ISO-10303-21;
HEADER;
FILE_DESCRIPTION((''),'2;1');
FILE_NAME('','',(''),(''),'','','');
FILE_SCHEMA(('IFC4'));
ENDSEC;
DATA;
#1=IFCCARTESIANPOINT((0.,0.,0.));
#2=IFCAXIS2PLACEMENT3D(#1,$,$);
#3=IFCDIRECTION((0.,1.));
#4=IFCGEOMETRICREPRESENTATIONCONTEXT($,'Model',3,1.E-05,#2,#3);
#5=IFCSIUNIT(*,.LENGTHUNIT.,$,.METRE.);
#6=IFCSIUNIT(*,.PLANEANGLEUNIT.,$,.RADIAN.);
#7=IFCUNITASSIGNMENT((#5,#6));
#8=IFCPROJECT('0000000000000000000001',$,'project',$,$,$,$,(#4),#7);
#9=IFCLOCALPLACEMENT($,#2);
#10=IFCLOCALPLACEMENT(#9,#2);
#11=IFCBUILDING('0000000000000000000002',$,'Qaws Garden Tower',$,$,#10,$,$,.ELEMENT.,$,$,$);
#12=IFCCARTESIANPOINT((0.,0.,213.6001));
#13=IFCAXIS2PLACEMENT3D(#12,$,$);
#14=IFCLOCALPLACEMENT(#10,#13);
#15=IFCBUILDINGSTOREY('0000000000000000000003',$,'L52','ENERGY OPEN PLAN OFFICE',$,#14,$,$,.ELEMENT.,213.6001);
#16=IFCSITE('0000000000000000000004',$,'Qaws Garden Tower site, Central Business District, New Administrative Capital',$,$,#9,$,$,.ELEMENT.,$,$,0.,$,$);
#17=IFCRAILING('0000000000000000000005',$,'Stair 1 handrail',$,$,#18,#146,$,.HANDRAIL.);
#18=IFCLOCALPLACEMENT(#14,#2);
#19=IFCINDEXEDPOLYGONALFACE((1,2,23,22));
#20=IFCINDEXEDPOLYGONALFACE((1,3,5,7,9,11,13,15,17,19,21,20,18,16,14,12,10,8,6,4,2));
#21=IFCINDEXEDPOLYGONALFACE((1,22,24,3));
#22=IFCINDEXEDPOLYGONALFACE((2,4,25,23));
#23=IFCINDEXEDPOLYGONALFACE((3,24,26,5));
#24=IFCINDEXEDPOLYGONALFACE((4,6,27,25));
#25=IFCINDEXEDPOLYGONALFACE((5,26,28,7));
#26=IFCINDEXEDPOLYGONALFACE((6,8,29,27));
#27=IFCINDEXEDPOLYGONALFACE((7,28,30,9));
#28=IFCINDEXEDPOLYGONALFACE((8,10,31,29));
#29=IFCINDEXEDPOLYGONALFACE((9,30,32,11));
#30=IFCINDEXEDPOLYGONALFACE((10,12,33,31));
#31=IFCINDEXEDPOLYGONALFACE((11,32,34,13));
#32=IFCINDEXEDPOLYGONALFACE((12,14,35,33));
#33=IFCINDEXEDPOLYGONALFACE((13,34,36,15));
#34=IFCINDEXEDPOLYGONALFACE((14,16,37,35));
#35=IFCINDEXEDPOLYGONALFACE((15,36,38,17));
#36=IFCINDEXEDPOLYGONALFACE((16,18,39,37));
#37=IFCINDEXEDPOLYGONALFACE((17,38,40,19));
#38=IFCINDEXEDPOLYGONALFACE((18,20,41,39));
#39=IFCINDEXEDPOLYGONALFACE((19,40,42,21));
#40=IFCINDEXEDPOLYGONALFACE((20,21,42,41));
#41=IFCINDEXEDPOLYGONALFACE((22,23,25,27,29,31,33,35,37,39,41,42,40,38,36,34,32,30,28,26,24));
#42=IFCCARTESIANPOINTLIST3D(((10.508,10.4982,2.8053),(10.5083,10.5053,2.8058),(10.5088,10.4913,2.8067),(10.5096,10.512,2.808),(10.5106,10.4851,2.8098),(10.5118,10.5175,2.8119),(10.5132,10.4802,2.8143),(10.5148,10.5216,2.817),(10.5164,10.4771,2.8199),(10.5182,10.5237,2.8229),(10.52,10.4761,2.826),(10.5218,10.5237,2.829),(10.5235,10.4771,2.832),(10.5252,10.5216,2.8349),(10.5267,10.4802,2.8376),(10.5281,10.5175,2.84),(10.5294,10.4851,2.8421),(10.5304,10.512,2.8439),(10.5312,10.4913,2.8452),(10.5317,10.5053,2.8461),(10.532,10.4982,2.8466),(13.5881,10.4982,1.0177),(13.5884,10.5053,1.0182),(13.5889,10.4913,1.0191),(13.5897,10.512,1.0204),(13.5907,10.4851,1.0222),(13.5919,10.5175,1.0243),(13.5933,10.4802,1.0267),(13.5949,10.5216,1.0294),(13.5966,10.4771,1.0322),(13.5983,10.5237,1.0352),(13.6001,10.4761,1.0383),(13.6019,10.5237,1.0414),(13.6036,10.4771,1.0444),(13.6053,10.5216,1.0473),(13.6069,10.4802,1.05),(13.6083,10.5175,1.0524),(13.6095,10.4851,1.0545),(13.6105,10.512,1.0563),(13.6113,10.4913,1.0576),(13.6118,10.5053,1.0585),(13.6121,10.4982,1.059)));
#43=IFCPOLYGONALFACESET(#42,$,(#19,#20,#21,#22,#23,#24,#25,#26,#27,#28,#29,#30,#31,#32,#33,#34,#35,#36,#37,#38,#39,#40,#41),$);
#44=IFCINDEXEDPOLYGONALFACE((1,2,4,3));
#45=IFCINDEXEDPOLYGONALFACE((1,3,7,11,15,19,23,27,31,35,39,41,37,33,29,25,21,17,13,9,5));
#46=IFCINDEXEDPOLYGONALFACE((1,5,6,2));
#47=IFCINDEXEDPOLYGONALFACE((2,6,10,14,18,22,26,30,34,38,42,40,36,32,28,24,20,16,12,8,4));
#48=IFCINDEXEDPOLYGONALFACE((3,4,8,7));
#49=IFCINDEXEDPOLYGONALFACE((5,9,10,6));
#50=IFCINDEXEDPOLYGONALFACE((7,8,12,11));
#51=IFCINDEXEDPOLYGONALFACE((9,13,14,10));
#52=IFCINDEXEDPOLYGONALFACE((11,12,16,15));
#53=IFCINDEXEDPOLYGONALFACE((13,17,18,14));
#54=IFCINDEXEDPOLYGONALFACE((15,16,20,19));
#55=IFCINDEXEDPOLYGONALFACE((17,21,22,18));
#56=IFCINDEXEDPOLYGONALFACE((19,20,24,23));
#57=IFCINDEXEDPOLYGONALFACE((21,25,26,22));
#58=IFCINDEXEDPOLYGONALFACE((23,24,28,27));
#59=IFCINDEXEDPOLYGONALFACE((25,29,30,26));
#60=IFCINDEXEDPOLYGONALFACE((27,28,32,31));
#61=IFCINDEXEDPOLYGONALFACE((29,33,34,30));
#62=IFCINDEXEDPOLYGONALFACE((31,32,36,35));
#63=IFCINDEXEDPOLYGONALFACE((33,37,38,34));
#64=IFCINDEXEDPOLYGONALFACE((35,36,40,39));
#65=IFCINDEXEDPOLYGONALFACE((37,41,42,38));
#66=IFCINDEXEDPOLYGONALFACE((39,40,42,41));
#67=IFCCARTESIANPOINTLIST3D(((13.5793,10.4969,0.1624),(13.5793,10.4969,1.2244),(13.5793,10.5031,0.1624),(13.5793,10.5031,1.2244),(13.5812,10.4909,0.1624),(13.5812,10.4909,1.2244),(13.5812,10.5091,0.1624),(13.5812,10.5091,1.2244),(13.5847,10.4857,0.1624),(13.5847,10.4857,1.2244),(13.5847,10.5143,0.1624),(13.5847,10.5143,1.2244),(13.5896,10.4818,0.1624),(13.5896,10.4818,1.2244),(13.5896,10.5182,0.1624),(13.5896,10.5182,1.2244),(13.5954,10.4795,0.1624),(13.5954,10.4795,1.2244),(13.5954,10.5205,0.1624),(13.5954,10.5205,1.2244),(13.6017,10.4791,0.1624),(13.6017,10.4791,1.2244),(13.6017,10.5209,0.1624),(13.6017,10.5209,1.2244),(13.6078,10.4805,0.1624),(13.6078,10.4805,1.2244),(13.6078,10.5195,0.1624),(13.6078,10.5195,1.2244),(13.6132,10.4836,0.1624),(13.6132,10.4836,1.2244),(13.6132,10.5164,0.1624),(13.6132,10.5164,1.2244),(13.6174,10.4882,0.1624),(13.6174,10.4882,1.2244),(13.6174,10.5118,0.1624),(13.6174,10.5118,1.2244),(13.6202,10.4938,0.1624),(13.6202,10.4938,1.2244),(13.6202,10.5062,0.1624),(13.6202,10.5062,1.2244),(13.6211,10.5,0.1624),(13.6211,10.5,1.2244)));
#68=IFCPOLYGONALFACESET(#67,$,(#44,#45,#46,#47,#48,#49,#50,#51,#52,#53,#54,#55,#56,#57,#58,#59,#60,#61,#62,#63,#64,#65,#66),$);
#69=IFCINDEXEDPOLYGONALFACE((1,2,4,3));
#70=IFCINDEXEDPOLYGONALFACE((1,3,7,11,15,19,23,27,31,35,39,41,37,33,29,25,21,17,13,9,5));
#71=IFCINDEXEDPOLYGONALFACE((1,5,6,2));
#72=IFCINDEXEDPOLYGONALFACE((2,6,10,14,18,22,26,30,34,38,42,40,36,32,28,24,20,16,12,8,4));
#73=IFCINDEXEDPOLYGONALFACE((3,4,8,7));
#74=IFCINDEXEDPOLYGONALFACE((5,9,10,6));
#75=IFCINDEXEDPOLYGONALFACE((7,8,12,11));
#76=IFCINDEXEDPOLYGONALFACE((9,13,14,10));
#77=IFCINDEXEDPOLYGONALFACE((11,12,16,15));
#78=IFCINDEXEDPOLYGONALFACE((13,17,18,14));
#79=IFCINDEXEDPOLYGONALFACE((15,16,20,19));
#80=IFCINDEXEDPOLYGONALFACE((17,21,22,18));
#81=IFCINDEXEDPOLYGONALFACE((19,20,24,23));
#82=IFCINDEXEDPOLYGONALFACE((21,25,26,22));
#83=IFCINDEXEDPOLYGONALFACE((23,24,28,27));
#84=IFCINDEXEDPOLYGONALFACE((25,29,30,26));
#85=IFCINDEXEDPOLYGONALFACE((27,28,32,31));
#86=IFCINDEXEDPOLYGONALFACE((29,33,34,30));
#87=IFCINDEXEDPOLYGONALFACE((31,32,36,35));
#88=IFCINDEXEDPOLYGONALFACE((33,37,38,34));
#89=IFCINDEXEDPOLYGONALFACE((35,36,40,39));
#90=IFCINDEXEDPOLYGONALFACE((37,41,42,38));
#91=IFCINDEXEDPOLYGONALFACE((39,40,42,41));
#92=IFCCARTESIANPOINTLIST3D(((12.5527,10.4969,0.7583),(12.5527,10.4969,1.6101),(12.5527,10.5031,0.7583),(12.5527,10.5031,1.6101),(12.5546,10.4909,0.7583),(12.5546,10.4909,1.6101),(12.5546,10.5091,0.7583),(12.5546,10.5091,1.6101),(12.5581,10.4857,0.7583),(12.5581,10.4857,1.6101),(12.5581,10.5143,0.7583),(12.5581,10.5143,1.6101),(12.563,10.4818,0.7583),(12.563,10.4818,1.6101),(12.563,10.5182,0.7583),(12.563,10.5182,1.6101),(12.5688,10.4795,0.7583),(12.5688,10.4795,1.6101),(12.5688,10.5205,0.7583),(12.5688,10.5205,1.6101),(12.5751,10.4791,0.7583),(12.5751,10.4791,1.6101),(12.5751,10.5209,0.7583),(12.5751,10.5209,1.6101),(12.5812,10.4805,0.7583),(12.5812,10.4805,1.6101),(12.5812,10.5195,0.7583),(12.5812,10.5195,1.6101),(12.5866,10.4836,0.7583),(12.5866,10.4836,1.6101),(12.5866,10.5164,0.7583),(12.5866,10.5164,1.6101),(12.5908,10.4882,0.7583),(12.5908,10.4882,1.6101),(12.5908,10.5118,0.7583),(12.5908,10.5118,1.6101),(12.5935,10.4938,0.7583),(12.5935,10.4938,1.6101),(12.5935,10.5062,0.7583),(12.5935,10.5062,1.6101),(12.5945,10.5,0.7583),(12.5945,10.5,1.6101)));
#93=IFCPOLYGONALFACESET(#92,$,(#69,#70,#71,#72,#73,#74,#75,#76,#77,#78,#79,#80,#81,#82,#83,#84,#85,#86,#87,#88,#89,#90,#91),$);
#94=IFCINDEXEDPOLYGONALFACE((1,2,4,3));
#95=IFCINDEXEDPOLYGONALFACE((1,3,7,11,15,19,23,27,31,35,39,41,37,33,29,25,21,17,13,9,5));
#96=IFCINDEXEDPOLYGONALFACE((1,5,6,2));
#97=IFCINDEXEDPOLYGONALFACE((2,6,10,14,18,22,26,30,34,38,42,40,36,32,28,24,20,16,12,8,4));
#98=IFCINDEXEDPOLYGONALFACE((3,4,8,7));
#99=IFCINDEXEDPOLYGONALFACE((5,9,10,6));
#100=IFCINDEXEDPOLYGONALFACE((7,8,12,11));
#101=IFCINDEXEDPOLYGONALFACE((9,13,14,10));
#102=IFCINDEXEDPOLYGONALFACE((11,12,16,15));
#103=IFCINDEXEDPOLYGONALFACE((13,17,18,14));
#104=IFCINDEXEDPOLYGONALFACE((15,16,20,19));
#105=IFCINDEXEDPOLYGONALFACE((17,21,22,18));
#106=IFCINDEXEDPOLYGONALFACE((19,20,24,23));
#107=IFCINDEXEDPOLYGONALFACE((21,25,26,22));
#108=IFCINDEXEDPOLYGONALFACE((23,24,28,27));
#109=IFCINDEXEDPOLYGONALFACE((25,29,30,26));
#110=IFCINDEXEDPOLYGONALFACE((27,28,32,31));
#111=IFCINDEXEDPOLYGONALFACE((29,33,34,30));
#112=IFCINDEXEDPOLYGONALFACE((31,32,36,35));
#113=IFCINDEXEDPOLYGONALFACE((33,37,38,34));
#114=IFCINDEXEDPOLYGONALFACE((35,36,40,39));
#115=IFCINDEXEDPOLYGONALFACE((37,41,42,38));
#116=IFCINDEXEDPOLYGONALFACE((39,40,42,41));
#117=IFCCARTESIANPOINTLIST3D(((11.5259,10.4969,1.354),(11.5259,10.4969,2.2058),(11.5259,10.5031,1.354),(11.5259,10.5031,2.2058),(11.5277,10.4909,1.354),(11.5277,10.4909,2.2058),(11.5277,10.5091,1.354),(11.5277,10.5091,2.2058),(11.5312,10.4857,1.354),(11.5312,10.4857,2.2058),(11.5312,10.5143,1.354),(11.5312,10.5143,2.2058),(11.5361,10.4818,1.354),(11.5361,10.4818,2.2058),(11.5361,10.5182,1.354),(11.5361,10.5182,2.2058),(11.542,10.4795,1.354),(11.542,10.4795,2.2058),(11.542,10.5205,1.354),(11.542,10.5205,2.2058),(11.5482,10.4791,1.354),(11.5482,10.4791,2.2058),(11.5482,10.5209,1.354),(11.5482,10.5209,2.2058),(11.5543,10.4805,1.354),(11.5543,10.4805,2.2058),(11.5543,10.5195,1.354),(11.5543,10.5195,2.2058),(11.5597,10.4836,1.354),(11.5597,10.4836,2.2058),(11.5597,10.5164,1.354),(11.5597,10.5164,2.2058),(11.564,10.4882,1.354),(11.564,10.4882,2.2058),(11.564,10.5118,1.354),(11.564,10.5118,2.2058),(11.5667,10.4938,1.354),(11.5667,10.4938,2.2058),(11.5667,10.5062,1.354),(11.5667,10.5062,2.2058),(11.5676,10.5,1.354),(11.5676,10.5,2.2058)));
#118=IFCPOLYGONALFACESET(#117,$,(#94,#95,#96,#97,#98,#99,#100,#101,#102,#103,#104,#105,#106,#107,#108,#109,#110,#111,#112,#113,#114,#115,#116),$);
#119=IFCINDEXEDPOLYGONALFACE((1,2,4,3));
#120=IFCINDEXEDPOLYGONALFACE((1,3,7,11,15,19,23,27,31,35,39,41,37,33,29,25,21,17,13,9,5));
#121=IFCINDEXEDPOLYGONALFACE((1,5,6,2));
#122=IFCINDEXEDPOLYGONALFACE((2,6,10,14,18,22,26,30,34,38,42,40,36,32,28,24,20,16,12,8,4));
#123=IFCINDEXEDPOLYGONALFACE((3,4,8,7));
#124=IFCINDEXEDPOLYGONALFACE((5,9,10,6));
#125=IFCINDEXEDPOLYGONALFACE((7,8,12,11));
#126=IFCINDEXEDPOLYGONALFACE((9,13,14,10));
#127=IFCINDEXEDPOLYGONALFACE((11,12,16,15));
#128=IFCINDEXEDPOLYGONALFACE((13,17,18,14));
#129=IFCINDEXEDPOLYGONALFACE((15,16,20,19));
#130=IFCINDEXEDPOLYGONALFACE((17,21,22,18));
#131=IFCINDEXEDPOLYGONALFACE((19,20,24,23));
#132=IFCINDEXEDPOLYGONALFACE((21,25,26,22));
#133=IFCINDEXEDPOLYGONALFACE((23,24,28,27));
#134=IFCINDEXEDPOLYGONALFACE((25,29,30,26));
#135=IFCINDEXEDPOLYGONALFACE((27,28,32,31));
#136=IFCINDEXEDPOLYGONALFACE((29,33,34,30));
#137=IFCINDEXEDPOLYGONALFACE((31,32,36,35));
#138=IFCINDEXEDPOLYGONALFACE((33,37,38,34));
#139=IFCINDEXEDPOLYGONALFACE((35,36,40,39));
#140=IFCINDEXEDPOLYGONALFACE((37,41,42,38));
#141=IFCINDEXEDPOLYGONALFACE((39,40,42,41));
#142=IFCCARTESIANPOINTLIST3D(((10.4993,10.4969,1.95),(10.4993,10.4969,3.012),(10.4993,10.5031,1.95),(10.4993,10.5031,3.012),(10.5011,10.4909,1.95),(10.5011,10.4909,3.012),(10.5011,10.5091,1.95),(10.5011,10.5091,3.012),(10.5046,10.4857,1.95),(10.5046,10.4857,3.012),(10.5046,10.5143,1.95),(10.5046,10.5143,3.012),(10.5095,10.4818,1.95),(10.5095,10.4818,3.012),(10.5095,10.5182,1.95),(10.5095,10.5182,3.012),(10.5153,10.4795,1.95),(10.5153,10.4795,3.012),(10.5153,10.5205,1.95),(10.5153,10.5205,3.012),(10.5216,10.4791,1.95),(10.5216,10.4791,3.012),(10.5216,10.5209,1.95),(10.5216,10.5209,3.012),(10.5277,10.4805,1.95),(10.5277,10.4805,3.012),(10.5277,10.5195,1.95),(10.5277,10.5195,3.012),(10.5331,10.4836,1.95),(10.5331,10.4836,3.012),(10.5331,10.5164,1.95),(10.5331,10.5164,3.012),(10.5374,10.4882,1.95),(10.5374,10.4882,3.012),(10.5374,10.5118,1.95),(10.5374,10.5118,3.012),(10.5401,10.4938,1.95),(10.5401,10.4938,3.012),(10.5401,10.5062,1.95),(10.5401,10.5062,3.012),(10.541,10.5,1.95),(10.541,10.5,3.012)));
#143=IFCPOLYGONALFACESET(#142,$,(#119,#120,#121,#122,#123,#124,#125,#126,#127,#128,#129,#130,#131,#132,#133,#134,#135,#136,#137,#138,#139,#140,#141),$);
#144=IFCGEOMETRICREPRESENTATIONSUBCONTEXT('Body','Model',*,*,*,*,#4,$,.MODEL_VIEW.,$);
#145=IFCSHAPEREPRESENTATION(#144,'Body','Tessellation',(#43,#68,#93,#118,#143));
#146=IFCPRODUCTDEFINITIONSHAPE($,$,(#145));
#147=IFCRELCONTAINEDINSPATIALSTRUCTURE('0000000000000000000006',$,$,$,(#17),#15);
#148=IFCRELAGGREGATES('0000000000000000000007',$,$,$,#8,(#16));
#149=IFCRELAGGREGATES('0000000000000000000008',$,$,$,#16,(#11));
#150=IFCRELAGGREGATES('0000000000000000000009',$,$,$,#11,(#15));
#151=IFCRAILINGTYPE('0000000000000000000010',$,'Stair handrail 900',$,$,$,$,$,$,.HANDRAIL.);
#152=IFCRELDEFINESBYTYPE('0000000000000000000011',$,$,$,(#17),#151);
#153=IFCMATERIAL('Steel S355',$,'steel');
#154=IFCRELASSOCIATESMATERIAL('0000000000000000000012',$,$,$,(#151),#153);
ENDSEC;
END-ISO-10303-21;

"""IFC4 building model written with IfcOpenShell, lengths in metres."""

from ifc_helpers import new_model, si_unit, direction, frame, origin, origin_2d, place, context, subcontext, project, spatial, circle, extrude, material, type_object, element, save


model = new_model("IFC4")

# Units and contexts
model_context = context("Model", 3, precision=1e-05, world=origin(), true_north=direction((0.0, 1.0)))
body_context = subcontext(model_context, "Body", "Model", "MODEL_VIEW")
ifc_project = project(units=[si_unit("LENGTHUNIT", "METRE"), si_unit("PLANEANGLEUNIT", "RADIAN")], contexts=[model_context])

# Site, building, storey
site_placement = place(None, origin())
site = spatial("IfcSite", under=ifc_project, at=site_placement, Name="Qaws Garden Tower site, Central Business District, New Administrative Capital", CompositionType="ELEMENT", RefElevation=0.0)
building_placement = place(site_placement, origin())
building = spatial("IfcBuilding", under=site, at=building_placement, Name="Qaws Garden Tower", CompositionType="ELEMENT")
storey_placement = place(building_placement, frame((0.0, 0.0, 213.6001)))
storey = spatial("IfcBuildingStorey", under=building, at=storey_placement, Name="L52", Description="ENERGY OPEN PLAN OFFICE", CompositionType="ELEMENT", Elevation=213.6001)

# Railing
ifc_material_1 = material(Name="Steel S355", Category="steel")
railing_type = type_object("IfcRailingType", Name="Stair handrail 900", PredefinedType="HANDRAIL", material=ifc_material_1)
railing_1_placement = place(storey_placement, frame((13.6001, 10.5, 0.1624)))
element("IfcRailing", 1, at=railing_1_placement, inside=storey, type_object=railing_type, Name="Stair 1 handrail", PredefinedType="HANDRAIL", context=body_context, shape_type="SweptSolid", body=[
    extrude(circle(Radius=0.0239, at=origin_2d()), frame((0.0, 0.0, 0.876), z_axis=(-0.864891, 0.0, 0.50196), x_axis=(0.0, -1.0, 0.0)), (0.0, 0.0, 1.0), 3.5613),
    extrude(circle(Radius=0.021, at=origin_2d()), origin(), (0.0, 0.0, 1.0), 1.062),
    extrude(circle(Radius=0.021, at=origin_2d()), frame((-1.0266, 0.0, 0.5959)), (0.0, 0.0, 1.0), 0.8518),
    extrude(circle(Radius=0.021, at=origin_2d()), frame((-2.0535, 0.0, 1.1917)), (0.0, 0.0, 1.0), 0.8518),
    extrude(circle(Radius=0.021, at=origin_2d()), frame((-3.0801, 0.0, 1.7876)), (0.0, 0.0, 1.0), 1.062),
])

save(model, "model.ifc")
